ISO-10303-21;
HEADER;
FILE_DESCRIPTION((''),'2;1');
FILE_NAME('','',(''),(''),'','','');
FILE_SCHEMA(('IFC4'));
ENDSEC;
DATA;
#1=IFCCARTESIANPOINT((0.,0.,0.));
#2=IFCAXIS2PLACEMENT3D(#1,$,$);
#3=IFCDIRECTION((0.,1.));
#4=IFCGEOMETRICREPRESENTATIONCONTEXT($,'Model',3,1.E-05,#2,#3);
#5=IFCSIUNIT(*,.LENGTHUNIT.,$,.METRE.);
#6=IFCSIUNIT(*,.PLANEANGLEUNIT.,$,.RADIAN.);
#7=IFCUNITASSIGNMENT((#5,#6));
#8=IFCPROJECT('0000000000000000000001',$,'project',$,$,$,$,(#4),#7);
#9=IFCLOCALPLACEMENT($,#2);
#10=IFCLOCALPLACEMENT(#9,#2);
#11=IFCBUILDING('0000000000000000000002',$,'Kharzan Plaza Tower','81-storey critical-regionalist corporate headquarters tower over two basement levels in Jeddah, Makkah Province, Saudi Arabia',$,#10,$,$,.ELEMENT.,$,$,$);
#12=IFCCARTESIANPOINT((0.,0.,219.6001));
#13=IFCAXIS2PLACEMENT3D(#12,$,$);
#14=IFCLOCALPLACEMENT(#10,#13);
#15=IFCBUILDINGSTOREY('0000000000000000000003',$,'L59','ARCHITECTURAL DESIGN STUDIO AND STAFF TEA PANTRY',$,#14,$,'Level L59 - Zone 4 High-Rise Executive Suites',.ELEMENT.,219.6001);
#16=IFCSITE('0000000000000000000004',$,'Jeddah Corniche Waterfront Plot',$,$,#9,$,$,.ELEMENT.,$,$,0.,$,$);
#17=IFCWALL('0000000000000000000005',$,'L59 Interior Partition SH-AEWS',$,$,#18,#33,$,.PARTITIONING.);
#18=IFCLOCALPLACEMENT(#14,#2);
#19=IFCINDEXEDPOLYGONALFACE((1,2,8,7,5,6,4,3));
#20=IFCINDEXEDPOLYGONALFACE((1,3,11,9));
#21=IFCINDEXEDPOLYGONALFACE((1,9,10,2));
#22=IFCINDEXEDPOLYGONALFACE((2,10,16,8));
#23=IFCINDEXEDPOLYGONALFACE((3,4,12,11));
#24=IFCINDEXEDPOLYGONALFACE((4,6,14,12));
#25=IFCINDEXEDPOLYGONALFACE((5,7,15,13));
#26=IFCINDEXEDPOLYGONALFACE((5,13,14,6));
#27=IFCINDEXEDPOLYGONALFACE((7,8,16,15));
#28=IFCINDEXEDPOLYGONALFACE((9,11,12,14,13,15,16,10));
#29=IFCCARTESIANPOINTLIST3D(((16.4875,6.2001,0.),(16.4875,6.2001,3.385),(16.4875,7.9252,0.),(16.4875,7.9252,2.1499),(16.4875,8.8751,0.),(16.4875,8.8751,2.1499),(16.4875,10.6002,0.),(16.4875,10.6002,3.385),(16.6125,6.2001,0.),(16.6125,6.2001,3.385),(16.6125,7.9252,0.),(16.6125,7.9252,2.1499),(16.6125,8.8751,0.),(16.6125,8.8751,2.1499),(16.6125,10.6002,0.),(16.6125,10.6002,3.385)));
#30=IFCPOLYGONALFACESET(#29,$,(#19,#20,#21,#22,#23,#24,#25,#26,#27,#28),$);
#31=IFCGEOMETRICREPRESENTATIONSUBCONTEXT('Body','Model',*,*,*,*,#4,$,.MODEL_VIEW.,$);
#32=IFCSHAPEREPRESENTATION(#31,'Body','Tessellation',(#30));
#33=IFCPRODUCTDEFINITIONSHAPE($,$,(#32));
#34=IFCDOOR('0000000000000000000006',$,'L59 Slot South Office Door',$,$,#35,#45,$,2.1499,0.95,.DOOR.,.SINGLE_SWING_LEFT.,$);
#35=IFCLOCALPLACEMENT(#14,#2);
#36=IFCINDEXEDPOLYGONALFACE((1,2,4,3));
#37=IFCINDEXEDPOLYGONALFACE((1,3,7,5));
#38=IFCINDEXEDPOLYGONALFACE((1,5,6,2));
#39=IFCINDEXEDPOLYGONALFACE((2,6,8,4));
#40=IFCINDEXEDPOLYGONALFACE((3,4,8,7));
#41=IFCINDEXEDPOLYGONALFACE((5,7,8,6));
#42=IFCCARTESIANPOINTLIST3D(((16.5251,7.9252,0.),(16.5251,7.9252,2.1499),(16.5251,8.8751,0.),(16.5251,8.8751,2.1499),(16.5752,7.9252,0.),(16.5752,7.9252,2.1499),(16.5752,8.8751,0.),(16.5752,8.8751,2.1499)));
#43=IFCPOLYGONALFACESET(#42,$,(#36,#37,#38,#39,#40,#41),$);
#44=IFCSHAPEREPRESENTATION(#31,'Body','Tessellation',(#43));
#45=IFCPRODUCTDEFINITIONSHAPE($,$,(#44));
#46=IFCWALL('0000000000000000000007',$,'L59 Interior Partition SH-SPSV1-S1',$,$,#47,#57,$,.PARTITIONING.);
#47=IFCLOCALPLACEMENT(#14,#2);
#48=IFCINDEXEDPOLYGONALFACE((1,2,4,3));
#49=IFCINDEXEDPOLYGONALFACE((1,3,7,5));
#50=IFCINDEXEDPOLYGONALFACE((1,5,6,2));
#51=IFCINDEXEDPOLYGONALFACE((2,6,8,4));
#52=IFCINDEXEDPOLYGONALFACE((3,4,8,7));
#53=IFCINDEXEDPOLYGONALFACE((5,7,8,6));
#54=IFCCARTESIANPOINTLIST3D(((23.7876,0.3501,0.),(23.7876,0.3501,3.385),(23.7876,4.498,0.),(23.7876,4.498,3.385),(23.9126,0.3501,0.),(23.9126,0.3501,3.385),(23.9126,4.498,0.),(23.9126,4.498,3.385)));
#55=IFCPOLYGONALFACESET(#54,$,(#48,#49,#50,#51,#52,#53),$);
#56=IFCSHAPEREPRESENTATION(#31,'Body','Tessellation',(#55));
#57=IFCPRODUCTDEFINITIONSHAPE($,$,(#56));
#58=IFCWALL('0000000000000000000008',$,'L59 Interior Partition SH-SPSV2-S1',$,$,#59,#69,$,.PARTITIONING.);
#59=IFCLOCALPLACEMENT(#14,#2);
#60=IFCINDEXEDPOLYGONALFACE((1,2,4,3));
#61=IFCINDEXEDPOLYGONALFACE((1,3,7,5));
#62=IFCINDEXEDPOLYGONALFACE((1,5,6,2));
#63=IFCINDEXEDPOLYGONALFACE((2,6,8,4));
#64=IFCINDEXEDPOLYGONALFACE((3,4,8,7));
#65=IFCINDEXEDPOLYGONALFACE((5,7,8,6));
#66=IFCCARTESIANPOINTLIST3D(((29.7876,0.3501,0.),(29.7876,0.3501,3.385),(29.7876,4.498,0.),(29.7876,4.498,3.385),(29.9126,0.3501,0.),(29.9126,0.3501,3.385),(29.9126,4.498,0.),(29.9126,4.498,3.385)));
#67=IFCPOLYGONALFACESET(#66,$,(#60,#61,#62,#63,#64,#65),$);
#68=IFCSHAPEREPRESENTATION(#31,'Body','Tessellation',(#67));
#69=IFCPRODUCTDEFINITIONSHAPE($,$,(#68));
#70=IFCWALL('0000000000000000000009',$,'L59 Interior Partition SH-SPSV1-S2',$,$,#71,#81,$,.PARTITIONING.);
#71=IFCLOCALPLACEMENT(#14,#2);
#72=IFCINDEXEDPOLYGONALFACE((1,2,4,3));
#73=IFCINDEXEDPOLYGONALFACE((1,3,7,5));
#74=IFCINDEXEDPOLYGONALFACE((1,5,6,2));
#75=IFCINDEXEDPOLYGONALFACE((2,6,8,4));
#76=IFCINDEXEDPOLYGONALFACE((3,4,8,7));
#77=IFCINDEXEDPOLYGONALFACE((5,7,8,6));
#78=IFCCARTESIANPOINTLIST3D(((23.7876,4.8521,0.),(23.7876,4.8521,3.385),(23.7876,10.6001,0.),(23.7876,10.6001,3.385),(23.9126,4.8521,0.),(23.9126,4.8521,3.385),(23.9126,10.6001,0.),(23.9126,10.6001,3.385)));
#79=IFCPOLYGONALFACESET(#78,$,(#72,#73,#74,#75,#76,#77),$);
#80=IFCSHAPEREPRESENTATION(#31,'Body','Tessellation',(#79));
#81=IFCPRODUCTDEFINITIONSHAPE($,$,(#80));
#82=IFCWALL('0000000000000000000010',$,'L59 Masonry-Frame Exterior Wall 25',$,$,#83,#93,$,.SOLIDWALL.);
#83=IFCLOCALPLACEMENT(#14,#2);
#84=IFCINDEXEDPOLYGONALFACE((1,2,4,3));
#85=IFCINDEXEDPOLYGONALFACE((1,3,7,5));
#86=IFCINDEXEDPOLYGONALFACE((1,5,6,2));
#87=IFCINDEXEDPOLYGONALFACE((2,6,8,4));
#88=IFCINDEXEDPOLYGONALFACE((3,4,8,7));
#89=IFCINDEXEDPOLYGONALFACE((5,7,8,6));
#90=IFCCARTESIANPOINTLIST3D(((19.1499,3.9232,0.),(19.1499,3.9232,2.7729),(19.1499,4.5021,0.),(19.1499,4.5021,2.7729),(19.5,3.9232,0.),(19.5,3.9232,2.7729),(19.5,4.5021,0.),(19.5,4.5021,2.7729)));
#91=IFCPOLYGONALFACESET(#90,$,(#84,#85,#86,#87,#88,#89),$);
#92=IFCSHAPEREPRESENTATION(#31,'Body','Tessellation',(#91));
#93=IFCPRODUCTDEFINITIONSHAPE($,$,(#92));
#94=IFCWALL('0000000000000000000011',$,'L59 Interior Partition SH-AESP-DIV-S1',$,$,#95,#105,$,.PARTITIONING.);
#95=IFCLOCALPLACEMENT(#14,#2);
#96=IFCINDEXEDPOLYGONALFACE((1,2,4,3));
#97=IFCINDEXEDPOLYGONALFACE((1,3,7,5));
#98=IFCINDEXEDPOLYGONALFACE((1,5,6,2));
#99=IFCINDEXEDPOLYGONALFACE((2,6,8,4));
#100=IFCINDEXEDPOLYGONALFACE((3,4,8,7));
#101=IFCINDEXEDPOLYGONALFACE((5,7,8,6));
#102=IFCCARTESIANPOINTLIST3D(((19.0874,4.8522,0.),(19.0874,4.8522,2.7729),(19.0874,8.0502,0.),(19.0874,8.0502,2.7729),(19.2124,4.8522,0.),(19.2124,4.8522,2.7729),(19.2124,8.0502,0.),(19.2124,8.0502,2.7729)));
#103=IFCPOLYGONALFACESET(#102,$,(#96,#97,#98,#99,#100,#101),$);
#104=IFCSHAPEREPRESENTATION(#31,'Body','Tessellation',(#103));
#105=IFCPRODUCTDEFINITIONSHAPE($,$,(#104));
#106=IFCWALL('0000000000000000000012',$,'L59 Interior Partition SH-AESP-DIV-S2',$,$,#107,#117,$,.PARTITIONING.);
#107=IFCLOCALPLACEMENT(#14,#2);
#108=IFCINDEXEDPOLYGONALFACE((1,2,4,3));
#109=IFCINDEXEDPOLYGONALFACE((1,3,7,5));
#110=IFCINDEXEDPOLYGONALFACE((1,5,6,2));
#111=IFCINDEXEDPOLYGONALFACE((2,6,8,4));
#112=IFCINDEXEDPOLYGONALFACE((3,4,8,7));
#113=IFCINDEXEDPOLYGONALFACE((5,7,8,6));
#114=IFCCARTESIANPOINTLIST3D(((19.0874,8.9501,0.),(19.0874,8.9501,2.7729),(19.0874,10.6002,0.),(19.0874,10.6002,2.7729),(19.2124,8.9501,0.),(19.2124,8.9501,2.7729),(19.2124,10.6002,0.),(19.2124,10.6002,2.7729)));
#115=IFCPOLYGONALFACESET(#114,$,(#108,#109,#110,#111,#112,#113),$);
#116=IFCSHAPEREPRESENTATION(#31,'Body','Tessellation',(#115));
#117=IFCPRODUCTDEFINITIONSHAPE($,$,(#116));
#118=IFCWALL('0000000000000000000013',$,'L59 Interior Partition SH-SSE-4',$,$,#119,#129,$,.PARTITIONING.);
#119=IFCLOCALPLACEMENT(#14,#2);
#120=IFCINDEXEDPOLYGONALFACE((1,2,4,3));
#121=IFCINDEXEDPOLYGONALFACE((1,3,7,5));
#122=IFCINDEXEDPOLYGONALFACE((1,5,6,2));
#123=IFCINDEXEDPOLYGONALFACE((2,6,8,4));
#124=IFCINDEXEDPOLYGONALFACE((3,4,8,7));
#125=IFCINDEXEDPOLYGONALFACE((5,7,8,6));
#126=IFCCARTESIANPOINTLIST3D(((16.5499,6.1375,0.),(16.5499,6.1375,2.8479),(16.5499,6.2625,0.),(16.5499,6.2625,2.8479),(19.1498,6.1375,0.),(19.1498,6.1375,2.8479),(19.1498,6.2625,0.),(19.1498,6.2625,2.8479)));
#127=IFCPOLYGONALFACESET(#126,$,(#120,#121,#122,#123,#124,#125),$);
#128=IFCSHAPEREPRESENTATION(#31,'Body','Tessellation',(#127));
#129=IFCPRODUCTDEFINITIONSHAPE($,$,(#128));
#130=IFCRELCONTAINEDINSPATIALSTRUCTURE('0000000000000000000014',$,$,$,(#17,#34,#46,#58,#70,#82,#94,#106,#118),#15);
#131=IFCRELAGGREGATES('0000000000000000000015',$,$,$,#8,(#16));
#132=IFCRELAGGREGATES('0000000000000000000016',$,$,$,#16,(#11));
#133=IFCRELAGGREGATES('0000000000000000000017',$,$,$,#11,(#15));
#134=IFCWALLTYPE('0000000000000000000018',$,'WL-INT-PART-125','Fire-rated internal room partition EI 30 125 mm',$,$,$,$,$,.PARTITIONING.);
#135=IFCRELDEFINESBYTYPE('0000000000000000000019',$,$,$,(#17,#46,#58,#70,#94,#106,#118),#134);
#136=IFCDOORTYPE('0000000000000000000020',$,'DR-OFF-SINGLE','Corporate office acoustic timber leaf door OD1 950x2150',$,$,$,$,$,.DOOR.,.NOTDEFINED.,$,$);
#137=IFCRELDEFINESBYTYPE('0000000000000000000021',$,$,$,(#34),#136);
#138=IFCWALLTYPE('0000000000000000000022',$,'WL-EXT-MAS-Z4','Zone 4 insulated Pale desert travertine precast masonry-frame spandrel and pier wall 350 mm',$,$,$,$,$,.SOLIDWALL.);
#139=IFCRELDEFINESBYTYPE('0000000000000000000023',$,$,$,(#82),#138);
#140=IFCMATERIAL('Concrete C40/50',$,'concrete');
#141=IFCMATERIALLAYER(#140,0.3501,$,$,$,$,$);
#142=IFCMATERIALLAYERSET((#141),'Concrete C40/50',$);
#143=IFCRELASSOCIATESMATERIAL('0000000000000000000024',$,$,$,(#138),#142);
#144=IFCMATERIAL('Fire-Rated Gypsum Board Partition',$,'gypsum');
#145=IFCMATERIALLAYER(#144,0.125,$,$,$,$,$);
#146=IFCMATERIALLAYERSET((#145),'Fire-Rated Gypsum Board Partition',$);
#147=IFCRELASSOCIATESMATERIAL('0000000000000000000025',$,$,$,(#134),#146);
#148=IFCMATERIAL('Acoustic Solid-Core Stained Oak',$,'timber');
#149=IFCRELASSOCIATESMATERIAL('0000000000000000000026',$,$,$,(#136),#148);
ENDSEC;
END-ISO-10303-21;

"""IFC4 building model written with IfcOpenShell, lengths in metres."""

from ifc_helpers import new_model, si_unit, direction, frame, frame_2d, origin, place, context, subcontext, project, spatial, rectangle, extrude, source, transform, mapped, material, layer, layer_set, type_object, element, fill, save


model = new_model("IFC4")

# Units and contexts
model_context = context("Model", 3, precision=1e-05, world=origin(), true_north=direction((0.0, 1.0)))
body_context = subcontext(model_context, "Body", "Model", "MODEL_VIEW")
ifc_project = project(units=[si_unit("LENGTHUNIT", "METRE"), si_unit("PLANEANGLEUNIT", "RADIAN")], contexts=[model_context])

# Site, building, storey
site_placement = place(None, origin())
site = spatial("IfcSite", under=ifc_project, at=site_placement, Name="Jeddah Corniche Waterfront Plot", CompositionType="ELEMENT", RefElevation=0.0)
building_placement = place(site_placement, origin())
building = spatial("IfcBuilding", under=site, at=building_placement, Name="Kharzan Plaza Tower", Description="81-storey critical-regionalist corporate headquarters tower over two basement levels in Jeddah, Makkah Province, Saudi Arabia", CompositionType="ELEMENT")
storey_placement = place(building_placement, frame((0.0, 0.0, 219.6001)))
storey = spatial("IfcBuildingStorey", under=building, at=storey_placement, Name="L59", Description="ARCHITECTURAL DESIGN STUDIO AND STAFF TEA PANTRY", LongName="Level L59 - Zone 4 High-Rise Executive Suites", CompositionType="ELEMENT", Elevation=219.6001)

# Shared definitions
ifc_material_1 = material(Name="Concrete C40/50", Category="concrete")
ifc_layer_1 = layer(ifc_material_1, 0.3501)
ifc_layer_set_1 = layer_set([ifc_layer_1], Name="Concrete C40/50")
wall_type_1 = type_object("IfcWallType", Name="WL-EXT-MAS-Z4", Description="Zone 4 insulated Pale desert travertine precast masonry-frame spandrel and pier wall 350 mm", PredefinedType="SOLIDWALL", material=ifc_layer_set_1)

# Wall, opening, door
ifc_material_2 = material(Name="Fire-Rated Gypsum Board Partition", Category="gypsum")
ifc_layer_2 = layer(ifc_material_2, 0.125)
ifc_layer_set_2 = layer_set([ifc_layer_2], Name="Fire-Rated Gypsum Board Partition")
wall_type_2 = type_object("IfcWallType", Name="WL-INT-PART-125", Description="Fire-rated internal room partition EI 30 125 mm", PredefinedType="PARTITIONING", material=ifc_layer_set_2)
wall_1_placement = place(storey_placement, frame((16.55, 6.2, 0.0), z_axis=(0.0, 0.0, 1.0), x_axis=(0.0, 1.0, 0.0)))
wall_1 = element("IfcWall", 1, at=wall_1_placement, inside=storey, type_object=wall_type_2, Name="L59 Interior Partition SH-AEWS", PredefinedType="PARTITIONING", context=body_context, shape_type="SweptSolid", body=[
    extrude(rectangle(XDim=4.4001, YDim=0.125, at=frame_2d((2.2002, 0.0))), origin(), (0.0, 0.0, 1.0), 3.385),
])
opening_1_placement = place(wall_1_placement, frame((1.7251, 0.0, 0.0)))
opening_1 = element("IfcOpeningElement", 2, at=opening_1_placement, cuts=wall_1, PredefinedType="OPENING", context=body_context, shape_type="SweptSolid", body=[
    extrude(rectangle(XDim=0.95, YDim=2.1499, at=frame_2d((0.4751, 1.075))), frame((0.0, 0.0725, 0.0), z_axis=(0.0, -1.0, 0.0), x_axis=(1.0, 0.0, 0.0)), (0.0, 0.0, 1.0), 0.145),
])
ifc_material_3 = material(Name="Acoustic Solid-Core Stained Oak", Category="timber")
door_type = type_object("IfcDoorType", Name="DR-OFF-SINGLE", Description="Corporate office acoustic timber leaf door OD1 950x2150", OperationType="NOTDEFINED", PredefinedType="DOOR", material=ifc_material_3)
shared_shape_1 = source(origin(), body_context, "Body", "SweptSolid", [
    extrude(rectangle(XDim=0.95, YDim=2.1499, at=frame_2d((0.4751, 1.075))), frame((0.0, 0.0249, 0.0), z_axis=(0.0, -1.0, 0.0), x_axis=(1.0, 0.0, 0.0)), (0.0, 0.0, 1.0), 0.05),
])
door_placement = place(opening_1_placement, origin())
door = element("IfcDoor", 3, at=door_placement, inside=storey, type_object=door_type, Name="L59 Slot South Office Door", OperationType="SINGLE_SWING_LEFT", OverallHeight=2.1499, OverallWidth=0.95, PredefinedType="DOOR", context=body_context, shape_type="MappedRepresentation", body=[
    mapped(shared_shape_1, transform((0.0, 0.0, 0.0), x_axis=(1.0, 0.0, 0.0), y_axis=(0.0, 1.0, 0.0), z_axis=(0.0, 0.0, 1.0))),
])
fill(opening_1, door)

# Walls
shared_shape_2 = source(origin(), body_context, "Body", "SweptSolid", [
    extrude(rectangle(XDim=4.1479, YDim=0.125, at=frame_2d((2.074, 0.0))), origin(), (0.0, 0.0, 1.0), 3.385),
])
for number, where, z_axis, x_axis, name in (
    (4, (23.8501, 0.3501, 0.0), (0.0, 0.0, 1.0), (0.0, 1.0, 0.0), "L59 Interior Partition SH-SPSV1-S1"),
    (5, (29.8501, 0.3501, 0.0), (0.0, 0.0, 1.0), (0.0, 1.0, 0.0), "L59 Interior Partition SH-SPSV2-S1"),
):
    element("IfcWall", number, at=place(storey_placement, frame(where, z_axis=z_axis, x_axis=x_axis)), inside=storey, type_object=wall_type_2, Name=name, PredefinedType="PARTITIONING", context=body_context, shape_type="MappedRepresentation", body=[
        mapped(shared_shape_2, transform((0.0, 0.0, 0.0), x_axis=(1.0, 0.0, 0.0), y_axis=(0.0, 1.0, 0.0), z_axis=(0.0, 0.0, 1.0))),
    ])
shared_shape_3 = source(origin(), body_context, "Body", "SweptSolid", [
    extrude(rectangle(XDim=5.748, YDim=0.125, at=frame_2d((2.874, 0.0))), origin(), (0.0, 0.0, 1.0), 3.385),
])
wall_2_placement = place(storey_placement, frame((23.8501, 4.8521, 0.0), z_axis=(0.0, 0.0, 1.0), x_axis=(0.0, 1.0, 0.0)))
element("IfcWall", 6, at=wall_2_placement, inside=storey, type_object=wall_type_2, Name="L59 Interior Partition SH-SPSV1-S2", PredefinedType="PARTITIONING", context=body_context, shape_type="MappedRepresentation", body=[
    mapped(shared_shape_3, transform((0.0, 0.0, 0.0), x_axis=(1.0, 0.0, 0.0), y_axis=(0.0, 1.0, 0.0), z_axis=(0.0, 0.0, 1.0))),
])
shared_shape_4 = source(origin(), body_context, "Body", "SweptSolid", [
    extrude(rectangle(XDim=0.5789, YDim=0.3501, at=frame_2d((0.2896, 0.0))), origin(), (0.0, 0.0, 1.0), 2.7729),
])
wall_3_placement = place(storey_placement, frame((19.325, 3.9231, 0.0), z_axis=(0.0, 0.0, 1.0), x_axis=(0.0, 1.0, 0.0)))
element("IfcWall", 7, at=wall_3_placement, inside=storey, type_object=wall_type_1, Name="L59 Masonry-Frame Exterior Wall 25", PredefinedType="SOLIDWALL", context=body_context, shape_type="MappedRepresentation", body=[
    mapped(shared_shape_4, transform((0.0, 0.0, 0.0), x_axis=(1.0, 0.0, 0.0), y_axis=(0.0, 1.0, 0.0), z_axis=(0.0, 0.0, 1.0))),
])
shared_shape_5 = source(origin(), body_context, "Body", "SweptSolid", [
    extrude(rectangle(XDim=3.198, YDim=0.125, at=frame_2d((1.5991, 0.0))), origin(), (0.0, 0.0, 1.0), 2.7729),
])
wall_4_placement = place(storey_placement, frame((19.1499, 4.8521, 0.0), z_axis=(0.0, 0.0, 1.0), x_axis=(0.0, 1.0, 0.0)))
element("IfcWall", 8, at=wall_4_placement, inside=storey, type_object=wall_type_2, Name="L59 Interior Partition SH-AESP-DIV-S1", PredefinedType="PARTITIONING", context=body_context, shape_type="MappedRepresentation", body=[
    mapped(shared_shape_5, transform((0.0, 0.0, 0.0), x_axis=(1.0, 0.0, 0.0), y_axis=(0.0, 1.0, 0.0), z_axis=(0.0, 0.0, 1.0))),
])
shared_shape_6 = source(origin(), body_context, "Body", "SweptSolid", [
    extrude(rectangle(XDim=1.6501, YDim=0.125, at=frame_2d((0.8252, 0.0))), origin(), (0.0, 0.0, 1.0), 2.7729),
])
wall_5_placement = place(storey_placement, frame((19.1499, 8.95, 0.0), z_axis=(0.0, 0.0, 1.0), x_axis=(0.0, 1.0, 0.0)))
element("IfcWall", 9, at=wall_5_placement, inside=storey, type_object=wall_type_2, Name="L59 Interior Partition SH-AESP-DIV-S2", PredefinedType="PARTITIONING", context=body_context, shape_type="MappedRepresentation", body=[
    mapped(shared_shape_6, transform((0.0, 0.0, 0.0), x_axis=(1.0, 0.0, 0.0), y_axis=(0.0, 1.0, 0.0), z_axis=(0.0, 0.0, 1.0))),
])
shared_shape_7 = source(origin(), body_context, "Body", "SweptSolid", [
    extrude(rectangle(XDim=2.5999, YDim=0.125, at=frame_2d((1.2998, 0.0))), origin(), (0.0, 0.0, 1.0), 2.8479),
])
wall_6_placement = place(storey_placement, frame((16.55, 6.2, 0.0), z_axis=(0.0, 0.0, 1.0), x_axis=(1.0, 0.0, 0.0)))
element("IfcWall", 10, at=wall_6_placement, inside=storey, type_object=wall_type_2, Name="L59 Interior Partition SH-SSE-4", PredefinedType="PARTITIONING", context=body_context, shape_type="MappedRepresentation", body=[
    mapped(shared_shape_7, transform((0.0, 0.0, 0.0), x_axis=(1.0, 0.0, 0.0), y_axis=(0.0, 1.0, 0.0), z_axis=(0.0, 0.0, 1.0))),
])

save(model, "model.ifc")
